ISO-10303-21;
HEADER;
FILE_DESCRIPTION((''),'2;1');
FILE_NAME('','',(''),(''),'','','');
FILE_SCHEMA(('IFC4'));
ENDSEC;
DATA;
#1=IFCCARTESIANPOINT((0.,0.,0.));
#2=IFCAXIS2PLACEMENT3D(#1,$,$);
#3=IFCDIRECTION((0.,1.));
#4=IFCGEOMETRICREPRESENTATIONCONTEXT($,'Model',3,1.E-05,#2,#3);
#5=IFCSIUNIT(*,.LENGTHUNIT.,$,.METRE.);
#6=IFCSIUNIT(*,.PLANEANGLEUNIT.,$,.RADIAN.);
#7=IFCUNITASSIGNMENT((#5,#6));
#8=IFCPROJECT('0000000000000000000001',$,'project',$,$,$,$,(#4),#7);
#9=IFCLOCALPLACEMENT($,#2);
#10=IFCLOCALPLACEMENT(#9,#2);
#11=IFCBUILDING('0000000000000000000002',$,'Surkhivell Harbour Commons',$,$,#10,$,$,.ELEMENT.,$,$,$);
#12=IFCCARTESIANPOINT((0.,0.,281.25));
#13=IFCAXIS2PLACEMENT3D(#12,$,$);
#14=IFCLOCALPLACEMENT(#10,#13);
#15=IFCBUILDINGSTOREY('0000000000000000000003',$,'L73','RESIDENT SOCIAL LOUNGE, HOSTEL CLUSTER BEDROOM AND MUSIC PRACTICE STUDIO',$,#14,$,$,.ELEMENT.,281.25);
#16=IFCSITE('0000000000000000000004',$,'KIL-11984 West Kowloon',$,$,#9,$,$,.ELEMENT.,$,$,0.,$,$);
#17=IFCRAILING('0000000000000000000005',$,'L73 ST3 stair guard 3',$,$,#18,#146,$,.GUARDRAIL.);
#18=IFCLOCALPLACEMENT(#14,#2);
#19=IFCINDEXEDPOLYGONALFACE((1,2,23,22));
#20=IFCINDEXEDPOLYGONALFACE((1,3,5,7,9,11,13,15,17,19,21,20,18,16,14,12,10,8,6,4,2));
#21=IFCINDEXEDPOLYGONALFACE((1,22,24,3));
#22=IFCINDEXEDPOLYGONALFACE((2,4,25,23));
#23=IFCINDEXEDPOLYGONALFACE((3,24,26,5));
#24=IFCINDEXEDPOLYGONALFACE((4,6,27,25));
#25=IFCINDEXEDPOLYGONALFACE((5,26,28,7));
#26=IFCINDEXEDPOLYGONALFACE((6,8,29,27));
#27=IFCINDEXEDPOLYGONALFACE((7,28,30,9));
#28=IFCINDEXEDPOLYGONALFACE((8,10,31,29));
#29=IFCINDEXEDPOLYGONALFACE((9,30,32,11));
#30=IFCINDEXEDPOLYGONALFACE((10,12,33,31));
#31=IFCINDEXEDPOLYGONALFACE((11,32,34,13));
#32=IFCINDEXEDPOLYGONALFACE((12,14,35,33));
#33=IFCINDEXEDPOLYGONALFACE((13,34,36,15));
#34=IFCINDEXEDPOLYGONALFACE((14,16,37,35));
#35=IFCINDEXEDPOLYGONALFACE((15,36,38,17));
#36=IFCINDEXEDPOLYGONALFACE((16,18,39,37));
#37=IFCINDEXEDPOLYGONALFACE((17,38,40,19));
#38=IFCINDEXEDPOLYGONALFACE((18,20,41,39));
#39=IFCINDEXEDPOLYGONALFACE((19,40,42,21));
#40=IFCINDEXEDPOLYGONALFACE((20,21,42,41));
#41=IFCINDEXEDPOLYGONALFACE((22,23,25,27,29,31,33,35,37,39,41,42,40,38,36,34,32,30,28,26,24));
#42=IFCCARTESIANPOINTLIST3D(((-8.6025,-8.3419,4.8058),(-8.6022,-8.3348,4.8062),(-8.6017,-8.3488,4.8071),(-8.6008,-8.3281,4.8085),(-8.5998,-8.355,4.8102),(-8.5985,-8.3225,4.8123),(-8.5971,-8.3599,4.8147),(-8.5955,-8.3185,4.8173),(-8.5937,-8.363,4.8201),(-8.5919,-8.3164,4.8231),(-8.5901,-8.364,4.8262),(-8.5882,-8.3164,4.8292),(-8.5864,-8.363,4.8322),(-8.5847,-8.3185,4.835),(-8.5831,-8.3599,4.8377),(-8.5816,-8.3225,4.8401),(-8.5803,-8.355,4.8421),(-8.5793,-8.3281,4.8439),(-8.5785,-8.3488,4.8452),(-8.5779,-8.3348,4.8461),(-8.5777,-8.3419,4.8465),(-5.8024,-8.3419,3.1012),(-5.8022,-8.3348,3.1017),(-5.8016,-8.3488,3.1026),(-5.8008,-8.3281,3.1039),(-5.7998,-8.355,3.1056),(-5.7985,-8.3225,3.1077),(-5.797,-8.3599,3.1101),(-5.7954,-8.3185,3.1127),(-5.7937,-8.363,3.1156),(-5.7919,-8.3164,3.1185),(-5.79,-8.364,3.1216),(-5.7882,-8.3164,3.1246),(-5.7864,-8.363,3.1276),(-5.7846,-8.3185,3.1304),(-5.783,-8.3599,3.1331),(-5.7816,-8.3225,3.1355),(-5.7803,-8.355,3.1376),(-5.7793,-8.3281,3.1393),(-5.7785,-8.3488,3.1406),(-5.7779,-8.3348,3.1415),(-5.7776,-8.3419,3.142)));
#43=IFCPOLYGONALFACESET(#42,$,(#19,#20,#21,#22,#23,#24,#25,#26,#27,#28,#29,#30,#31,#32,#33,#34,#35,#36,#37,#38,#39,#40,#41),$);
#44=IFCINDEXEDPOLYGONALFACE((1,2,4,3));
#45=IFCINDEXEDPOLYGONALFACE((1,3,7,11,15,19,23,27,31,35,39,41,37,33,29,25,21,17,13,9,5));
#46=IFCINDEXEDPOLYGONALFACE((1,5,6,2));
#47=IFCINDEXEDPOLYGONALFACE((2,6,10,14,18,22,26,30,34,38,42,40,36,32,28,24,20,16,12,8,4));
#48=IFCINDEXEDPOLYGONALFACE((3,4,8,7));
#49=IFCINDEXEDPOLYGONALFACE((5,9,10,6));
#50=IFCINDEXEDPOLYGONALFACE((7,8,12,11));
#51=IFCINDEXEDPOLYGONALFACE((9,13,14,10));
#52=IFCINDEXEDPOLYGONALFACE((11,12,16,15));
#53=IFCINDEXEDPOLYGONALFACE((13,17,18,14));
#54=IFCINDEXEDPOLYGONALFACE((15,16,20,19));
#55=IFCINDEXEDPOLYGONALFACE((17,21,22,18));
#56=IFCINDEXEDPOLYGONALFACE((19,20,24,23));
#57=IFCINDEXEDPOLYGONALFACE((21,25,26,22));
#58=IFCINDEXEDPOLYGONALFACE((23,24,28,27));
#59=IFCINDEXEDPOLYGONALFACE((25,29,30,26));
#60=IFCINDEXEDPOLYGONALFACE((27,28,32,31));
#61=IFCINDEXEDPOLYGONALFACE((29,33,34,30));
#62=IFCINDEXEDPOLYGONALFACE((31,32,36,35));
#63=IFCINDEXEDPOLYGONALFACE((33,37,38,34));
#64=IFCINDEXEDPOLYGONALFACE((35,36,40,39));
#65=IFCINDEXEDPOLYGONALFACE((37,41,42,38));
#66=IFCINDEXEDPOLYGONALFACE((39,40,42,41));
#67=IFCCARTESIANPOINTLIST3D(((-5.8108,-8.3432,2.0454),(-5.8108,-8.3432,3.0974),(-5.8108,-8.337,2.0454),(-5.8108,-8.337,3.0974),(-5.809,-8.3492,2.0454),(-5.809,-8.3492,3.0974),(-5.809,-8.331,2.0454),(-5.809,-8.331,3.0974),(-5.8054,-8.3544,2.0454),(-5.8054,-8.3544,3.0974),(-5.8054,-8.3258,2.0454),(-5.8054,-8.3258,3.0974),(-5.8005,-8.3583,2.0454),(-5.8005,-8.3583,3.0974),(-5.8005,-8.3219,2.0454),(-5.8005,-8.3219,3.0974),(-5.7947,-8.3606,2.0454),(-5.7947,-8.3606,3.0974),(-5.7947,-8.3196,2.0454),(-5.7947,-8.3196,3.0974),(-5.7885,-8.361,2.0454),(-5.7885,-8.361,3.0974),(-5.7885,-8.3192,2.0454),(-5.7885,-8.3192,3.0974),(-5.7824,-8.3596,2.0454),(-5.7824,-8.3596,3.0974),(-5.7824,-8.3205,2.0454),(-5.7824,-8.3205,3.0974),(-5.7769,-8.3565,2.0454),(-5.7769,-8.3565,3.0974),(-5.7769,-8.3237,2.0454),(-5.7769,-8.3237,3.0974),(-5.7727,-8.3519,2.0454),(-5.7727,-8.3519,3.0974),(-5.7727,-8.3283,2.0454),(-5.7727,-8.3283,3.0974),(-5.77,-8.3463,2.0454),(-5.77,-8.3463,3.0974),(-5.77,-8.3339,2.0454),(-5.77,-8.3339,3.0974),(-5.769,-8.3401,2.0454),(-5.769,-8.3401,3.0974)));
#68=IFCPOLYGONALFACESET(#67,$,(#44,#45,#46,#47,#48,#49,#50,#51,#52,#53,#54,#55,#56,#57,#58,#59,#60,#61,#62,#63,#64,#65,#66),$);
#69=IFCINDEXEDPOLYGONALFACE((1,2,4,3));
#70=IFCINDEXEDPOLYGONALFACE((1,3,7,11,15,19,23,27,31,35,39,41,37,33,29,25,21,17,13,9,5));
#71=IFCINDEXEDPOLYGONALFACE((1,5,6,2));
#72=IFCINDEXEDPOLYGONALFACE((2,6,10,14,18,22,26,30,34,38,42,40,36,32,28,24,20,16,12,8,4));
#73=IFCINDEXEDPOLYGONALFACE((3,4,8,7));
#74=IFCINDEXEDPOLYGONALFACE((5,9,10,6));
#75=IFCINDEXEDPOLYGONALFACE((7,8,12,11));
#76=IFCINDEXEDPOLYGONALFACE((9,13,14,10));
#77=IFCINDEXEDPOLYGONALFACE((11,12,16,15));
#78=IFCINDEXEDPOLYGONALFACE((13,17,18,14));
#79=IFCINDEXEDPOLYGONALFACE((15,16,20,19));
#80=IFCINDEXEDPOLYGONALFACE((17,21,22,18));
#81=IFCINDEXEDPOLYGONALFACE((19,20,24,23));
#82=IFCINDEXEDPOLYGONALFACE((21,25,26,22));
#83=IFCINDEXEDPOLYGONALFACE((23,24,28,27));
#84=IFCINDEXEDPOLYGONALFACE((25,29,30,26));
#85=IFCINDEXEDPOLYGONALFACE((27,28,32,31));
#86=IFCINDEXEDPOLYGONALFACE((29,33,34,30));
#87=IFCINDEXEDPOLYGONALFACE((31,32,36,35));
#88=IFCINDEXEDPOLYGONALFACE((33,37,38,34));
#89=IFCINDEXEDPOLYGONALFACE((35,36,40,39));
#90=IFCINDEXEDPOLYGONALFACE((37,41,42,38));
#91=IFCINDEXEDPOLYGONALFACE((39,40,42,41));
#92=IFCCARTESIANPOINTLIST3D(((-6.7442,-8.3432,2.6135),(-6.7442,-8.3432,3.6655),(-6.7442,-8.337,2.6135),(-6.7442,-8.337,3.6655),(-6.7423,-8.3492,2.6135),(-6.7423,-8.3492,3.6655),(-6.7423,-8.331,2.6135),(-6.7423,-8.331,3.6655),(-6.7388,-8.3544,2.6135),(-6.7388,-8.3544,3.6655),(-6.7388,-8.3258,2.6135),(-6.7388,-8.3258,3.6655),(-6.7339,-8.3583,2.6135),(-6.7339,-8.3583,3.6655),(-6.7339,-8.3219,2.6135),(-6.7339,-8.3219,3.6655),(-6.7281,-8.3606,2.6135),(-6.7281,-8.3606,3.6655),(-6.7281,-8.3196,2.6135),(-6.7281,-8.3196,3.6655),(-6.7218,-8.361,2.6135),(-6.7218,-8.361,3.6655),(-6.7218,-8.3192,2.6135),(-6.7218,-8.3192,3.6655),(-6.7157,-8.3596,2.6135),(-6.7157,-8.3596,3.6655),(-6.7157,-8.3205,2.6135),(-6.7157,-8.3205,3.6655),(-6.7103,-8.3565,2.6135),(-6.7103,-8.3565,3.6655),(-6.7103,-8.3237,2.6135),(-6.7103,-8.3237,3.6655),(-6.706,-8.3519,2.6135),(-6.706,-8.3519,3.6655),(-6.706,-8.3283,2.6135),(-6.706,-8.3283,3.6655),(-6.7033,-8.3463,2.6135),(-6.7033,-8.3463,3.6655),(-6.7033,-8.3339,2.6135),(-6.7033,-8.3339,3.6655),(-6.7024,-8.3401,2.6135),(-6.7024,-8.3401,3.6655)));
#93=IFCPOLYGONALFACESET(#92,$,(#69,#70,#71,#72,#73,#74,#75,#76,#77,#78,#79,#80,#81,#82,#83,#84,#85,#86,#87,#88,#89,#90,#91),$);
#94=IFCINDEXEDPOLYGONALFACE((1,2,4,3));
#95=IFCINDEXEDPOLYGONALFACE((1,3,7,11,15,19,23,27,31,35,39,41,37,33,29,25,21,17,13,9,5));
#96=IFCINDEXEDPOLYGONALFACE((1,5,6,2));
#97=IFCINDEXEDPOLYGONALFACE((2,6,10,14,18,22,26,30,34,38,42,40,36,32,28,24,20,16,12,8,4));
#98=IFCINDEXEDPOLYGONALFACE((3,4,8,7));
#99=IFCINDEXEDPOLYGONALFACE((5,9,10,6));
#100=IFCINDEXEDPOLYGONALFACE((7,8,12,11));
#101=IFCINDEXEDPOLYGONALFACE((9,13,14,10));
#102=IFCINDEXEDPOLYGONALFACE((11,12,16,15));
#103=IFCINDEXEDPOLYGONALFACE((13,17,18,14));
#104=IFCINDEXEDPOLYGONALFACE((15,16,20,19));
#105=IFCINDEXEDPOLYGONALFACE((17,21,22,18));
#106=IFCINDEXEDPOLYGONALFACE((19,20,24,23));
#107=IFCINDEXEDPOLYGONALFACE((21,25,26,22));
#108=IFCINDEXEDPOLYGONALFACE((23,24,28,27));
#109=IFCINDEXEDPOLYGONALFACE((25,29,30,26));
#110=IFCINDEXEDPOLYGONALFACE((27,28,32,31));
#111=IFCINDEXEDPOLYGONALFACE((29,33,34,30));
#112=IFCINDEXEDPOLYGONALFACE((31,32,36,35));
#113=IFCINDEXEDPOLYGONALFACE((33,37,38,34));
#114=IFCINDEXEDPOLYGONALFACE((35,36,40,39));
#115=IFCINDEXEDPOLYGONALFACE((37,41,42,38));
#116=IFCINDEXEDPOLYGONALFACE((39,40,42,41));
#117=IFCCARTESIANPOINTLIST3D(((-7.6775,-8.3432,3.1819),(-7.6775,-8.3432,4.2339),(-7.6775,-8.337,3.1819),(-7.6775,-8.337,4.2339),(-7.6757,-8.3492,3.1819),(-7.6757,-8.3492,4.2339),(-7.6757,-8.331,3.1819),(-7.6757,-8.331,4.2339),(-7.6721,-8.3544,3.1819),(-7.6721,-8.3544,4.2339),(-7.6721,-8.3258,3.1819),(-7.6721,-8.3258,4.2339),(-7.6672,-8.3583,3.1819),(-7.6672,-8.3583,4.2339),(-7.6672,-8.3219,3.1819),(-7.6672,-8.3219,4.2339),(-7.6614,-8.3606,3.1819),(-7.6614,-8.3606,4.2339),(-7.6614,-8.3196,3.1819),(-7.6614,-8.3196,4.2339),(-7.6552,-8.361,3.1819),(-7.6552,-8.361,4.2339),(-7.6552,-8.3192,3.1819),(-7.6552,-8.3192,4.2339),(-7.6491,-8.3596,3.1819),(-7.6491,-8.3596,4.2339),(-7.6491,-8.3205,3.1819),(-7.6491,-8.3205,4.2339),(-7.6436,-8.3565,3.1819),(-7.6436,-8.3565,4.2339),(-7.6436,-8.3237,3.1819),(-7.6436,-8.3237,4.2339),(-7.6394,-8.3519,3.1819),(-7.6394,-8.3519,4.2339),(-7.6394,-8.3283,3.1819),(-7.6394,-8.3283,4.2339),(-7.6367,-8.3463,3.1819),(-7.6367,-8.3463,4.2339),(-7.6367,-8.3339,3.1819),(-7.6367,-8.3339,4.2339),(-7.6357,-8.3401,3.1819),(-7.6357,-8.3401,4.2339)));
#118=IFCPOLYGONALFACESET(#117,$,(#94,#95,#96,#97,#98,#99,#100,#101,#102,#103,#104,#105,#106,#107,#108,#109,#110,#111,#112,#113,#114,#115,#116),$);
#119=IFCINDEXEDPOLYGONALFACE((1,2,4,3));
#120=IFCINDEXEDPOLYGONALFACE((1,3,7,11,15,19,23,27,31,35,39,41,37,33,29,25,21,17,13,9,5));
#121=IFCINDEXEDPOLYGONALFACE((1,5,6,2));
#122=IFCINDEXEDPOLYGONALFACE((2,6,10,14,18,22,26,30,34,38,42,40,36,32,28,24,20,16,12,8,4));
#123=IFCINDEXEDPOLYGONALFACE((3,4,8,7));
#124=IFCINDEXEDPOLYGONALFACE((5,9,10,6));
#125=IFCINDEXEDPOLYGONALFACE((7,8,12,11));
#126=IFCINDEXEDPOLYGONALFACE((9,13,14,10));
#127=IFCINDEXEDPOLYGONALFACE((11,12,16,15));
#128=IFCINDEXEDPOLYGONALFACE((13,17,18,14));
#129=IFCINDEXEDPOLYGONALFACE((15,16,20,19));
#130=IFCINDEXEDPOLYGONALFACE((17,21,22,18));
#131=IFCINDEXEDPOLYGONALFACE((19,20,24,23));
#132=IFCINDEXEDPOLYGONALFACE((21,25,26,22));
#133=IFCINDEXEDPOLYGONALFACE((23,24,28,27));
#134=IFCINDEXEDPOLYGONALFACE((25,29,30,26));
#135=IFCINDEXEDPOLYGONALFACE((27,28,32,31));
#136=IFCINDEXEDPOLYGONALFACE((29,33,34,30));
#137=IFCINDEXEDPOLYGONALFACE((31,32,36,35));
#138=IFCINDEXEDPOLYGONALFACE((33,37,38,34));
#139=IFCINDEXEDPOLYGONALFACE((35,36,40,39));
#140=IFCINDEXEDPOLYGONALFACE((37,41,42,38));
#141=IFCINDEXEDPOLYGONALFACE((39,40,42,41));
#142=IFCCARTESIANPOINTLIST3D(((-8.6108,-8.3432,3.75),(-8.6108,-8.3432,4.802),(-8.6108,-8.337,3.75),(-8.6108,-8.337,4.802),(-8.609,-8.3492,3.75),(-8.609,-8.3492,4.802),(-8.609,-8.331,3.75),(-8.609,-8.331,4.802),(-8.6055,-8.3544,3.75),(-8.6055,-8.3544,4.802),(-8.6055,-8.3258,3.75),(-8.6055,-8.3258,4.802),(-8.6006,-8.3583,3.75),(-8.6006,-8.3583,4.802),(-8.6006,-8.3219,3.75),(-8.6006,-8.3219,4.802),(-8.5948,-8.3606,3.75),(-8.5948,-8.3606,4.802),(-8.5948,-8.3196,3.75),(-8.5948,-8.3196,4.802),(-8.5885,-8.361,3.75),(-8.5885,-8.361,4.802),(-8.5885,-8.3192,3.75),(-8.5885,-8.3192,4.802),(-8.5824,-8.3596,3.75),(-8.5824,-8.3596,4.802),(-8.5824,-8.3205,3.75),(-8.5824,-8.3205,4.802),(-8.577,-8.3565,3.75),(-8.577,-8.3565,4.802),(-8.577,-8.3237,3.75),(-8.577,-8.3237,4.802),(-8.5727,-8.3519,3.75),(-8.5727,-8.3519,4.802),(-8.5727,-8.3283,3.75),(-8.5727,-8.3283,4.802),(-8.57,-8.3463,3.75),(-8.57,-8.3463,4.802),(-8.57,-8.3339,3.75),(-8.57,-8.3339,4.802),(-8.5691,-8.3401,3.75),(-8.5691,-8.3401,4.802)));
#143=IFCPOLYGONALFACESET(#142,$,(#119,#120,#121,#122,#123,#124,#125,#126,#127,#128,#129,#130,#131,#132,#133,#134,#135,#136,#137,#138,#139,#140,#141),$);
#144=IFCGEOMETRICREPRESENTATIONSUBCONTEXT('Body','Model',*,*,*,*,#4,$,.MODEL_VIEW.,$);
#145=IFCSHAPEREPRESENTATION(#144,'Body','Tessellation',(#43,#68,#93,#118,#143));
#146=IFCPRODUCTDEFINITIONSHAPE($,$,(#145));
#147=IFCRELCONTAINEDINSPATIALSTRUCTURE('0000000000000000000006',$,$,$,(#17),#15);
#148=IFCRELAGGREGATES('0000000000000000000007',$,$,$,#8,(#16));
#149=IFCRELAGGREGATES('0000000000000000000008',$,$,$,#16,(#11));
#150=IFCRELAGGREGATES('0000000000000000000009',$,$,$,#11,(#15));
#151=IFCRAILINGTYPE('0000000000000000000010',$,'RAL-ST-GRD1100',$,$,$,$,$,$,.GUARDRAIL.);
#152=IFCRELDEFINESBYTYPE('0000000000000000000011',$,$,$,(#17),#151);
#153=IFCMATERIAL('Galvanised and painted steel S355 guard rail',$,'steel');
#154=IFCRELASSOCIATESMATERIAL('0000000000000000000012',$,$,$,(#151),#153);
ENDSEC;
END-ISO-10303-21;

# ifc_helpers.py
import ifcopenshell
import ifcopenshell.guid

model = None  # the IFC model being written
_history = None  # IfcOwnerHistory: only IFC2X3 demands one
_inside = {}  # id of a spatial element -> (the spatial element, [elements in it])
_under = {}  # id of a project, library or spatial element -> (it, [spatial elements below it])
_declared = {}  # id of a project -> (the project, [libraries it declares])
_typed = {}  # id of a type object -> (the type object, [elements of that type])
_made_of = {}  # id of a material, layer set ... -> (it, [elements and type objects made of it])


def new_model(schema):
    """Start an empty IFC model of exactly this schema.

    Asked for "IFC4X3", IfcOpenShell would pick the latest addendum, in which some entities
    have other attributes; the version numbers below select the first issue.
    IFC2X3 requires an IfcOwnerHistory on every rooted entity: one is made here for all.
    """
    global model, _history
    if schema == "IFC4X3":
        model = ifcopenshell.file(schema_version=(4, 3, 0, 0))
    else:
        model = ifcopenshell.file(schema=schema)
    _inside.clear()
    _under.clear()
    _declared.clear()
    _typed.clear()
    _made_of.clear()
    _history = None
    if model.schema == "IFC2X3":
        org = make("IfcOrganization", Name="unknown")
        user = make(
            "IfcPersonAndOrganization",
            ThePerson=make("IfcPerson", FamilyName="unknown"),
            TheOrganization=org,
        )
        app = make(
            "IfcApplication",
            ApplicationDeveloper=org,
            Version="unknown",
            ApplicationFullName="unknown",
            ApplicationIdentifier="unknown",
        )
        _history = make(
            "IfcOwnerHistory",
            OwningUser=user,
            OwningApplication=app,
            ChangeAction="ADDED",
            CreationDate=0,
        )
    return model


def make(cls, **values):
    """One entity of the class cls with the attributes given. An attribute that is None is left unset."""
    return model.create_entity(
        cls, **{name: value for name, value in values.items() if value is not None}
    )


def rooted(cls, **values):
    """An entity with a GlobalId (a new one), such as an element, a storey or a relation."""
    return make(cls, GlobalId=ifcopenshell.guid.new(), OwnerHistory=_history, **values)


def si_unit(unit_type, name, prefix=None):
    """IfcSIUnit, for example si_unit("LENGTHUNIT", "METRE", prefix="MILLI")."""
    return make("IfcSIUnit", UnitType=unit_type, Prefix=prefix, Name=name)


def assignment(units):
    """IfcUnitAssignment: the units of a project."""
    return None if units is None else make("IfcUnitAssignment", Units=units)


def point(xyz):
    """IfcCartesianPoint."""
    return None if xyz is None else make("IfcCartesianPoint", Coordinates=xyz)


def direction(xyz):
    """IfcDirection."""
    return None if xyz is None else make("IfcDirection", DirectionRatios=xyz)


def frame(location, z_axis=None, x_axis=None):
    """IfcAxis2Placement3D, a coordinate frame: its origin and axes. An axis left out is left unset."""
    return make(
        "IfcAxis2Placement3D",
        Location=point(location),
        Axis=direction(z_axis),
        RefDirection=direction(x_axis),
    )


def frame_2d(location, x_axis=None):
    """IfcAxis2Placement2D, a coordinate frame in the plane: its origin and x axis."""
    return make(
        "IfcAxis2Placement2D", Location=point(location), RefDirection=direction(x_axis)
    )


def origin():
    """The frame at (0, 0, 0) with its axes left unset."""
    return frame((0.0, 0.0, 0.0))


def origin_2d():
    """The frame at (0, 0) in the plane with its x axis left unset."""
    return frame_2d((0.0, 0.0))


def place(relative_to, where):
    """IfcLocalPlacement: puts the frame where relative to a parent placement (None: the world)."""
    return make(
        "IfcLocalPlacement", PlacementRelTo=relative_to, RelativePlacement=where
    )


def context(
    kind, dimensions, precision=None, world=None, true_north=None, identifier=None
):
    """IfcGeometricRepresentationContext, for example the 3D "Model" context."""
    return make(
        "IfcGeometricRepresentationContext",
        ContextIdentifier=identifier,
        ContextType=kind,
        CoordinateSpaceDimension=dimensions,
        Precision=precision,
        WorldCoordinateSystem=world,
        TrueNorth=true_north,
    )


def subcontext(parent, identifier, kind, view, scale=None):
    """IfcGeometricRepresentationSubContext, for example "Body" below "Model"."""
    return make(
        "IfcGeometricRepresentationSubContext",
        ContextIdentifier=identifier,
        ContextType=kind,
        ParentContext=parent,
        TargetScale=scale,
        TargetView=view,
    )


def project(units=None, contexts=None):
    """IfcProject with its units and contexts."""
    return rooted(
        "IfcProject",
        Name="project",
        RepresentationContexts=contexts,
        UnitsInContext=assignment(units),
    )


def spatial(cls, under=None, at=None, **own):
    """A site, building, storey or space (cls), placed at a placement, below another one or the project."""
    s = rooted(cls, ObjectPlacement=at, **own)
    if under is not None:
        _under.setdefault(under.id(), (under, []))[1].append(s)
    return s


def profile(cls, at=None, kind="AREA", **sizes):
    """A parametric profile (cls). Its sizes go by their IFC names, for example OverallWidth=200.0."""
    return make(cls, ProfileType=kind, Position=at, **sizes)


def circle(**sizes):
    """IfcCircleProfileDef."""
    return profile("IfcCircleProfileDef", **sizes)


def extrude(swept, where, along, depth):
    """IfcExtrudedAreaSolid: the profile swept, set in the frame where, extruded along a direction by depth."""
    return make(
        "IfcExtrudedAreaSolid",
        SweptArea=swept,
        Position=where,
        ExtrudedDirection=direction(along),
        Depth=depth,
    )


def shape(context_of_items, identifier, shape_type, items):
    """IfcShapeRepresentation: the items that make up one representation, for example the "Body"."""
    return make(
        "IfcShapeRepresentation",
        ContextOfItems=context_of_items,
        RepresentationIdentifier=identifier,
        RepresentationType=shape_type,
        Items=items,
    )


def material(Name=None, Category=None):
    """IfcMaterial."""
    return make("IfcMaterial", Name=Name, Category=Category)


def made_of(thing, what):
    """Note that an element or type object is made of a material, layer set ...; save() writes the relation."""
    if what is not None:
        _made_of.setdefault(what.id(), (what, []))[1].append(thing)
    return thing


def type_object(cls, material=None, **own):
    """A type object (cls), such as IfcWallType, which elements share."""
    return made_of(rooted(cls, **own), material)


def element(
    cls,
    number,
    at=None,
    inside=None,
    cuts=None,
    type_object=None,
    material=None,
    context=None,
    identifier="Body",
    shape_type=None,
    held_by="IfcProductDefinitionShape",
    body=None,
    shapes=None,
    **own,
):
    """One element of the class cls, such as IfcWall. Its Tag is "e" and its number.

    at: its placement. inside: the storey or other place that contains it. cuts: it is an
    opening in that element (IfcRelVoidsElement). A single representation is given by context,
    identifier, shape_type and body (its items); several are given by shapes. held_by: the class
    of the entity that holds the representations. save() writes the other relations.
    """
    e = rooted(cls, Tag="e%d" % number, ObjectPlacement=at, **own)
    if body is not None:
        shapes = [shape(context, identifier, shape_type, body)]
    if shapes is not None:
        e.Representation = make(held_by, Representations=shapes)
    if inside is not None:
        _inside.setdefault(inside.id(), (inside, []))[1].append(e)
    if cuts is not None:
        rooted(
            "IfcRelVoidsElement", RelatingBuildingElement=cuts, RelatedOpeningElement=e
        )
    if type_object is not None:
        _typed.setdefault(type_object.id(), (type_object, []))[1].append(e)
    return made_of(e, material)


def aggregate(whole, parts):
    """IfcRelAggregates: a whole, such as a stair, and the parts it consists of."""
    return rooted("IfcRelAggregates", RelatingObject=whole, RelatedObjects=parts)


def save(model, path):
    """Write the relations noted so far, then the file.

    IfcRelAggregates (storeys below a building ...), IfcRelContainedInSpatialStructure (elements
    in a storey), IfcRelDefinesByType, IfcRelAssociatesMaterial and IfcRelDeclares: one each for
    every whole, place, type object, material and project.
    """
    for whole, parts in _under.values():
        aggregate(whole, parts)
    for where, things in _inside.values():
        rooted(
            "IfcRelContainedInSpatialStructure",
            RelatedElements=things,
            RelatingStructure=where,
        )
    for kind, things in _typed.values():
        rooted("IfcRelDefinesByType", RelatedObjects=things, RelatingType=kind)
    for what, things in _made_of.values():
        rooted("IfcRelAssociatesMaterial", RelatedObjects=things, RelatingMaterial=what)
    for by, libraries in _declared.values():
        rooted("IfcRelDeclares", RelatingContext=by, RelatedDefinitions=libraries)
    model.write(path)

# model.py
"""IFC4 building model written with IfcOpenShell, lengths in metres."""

from ifc_helpers import new_model, si_unit, direction, frame, origin, origin_2d, place, context, subcontext, project, spatial, circle, extrude, material, type_object, element, save


model = new_model("IFC4")

# Units and contexts
model_context = context("Model", 3, precision=1e-05, world=origin(), true_north=direction((0.0, 1.0)))
body_context = subcontext(model_context, "Body", "Model", "MODEL_VIEW")
ifc_project = project(units=[si_unit("LENGTHUNIT", "METRE"), si_unit("PLANEANGLEUNIT", "RADIAN")], contexts=[model_context])

# Site, building, storey
site_placement = place(None, origin())
site = spatial("IfcSite", under=ifc_project, at=site_placement, Name="KIL-11984 West Kowloon", CompositionType="ELEMENT", RefElevation=0.0)
building_placement = place(site_placement, origin())
building = spatial("IfcBuilding", under=site, at=building_placement, Name="Surkhivell Harbour Commons", CompositionType="ELEMENT")
storey_placement = place(building_placement, frame((0.0, 0.0, 281.25)))
storey = spatial("IfcBuildingStorey", under=building, at=storey_placement, Name="L73", Description="RESIDENT SOCIAL LOUNGE, HOSTEL CLUSTER BEDROOM AND MUSIC PRACTICE STUDIO", CompositionType="ELEMENT", Elevation=281.25)

# Railing
ifc_material_1 = material(Name="Galvanised and painted steel S355 guard rail", Category="steel")
railing_type_1 = type_object("IfcRailingType", Name="RAL-ST-GRD1100", PredefinedType="GUARDRAIL", material=ifc_material_1)
railing_1_placement = place(storey_placement, frame((-5.79, -8.3401, 2.0454)))
element("IfcRailing", 1, at=railing_1_placement, inside=storey, type_object=railing_type_1, Name="L73 ST3 stair guard 3", PredefinedType="GUARDRAIL", context=body_context, shape_type="SweptSolid", body=[
    extrude(circle(Radius=0.0239, at=origin_2d()), frame((0.0, 0.0, 1.0762), z_axis=(-0.85417, 0.0, 0.519994), x_axis=(0.0, -1.0, 0.0)), (0.0, 0.0, 1.0), 3.2781),
    extrude(circle(Radius=0.021, at=origin_2d()), origin(), (0.0, 0.0, 1.0), 1.052),
    extrude(circle(Radius=0.021, at=origin_2d()), frame((-0.9333, 0.0, 0.5681)), (0.0, 0.0, 1.0), 1.052),
    extrude(circle(Radius=0.021, at=origin_2d()), frame((-1.8667, 0.0, 1.1365)), (0.0, 0.0, 1.0), 1.052),
    extrude(circle(Radius=0.021, at=origin_2d()), frame((-2.8, 0.0, 1.7046)), (0.0, 0.0, 1.0), 1.052),
])

save(model, "model.ifc")
